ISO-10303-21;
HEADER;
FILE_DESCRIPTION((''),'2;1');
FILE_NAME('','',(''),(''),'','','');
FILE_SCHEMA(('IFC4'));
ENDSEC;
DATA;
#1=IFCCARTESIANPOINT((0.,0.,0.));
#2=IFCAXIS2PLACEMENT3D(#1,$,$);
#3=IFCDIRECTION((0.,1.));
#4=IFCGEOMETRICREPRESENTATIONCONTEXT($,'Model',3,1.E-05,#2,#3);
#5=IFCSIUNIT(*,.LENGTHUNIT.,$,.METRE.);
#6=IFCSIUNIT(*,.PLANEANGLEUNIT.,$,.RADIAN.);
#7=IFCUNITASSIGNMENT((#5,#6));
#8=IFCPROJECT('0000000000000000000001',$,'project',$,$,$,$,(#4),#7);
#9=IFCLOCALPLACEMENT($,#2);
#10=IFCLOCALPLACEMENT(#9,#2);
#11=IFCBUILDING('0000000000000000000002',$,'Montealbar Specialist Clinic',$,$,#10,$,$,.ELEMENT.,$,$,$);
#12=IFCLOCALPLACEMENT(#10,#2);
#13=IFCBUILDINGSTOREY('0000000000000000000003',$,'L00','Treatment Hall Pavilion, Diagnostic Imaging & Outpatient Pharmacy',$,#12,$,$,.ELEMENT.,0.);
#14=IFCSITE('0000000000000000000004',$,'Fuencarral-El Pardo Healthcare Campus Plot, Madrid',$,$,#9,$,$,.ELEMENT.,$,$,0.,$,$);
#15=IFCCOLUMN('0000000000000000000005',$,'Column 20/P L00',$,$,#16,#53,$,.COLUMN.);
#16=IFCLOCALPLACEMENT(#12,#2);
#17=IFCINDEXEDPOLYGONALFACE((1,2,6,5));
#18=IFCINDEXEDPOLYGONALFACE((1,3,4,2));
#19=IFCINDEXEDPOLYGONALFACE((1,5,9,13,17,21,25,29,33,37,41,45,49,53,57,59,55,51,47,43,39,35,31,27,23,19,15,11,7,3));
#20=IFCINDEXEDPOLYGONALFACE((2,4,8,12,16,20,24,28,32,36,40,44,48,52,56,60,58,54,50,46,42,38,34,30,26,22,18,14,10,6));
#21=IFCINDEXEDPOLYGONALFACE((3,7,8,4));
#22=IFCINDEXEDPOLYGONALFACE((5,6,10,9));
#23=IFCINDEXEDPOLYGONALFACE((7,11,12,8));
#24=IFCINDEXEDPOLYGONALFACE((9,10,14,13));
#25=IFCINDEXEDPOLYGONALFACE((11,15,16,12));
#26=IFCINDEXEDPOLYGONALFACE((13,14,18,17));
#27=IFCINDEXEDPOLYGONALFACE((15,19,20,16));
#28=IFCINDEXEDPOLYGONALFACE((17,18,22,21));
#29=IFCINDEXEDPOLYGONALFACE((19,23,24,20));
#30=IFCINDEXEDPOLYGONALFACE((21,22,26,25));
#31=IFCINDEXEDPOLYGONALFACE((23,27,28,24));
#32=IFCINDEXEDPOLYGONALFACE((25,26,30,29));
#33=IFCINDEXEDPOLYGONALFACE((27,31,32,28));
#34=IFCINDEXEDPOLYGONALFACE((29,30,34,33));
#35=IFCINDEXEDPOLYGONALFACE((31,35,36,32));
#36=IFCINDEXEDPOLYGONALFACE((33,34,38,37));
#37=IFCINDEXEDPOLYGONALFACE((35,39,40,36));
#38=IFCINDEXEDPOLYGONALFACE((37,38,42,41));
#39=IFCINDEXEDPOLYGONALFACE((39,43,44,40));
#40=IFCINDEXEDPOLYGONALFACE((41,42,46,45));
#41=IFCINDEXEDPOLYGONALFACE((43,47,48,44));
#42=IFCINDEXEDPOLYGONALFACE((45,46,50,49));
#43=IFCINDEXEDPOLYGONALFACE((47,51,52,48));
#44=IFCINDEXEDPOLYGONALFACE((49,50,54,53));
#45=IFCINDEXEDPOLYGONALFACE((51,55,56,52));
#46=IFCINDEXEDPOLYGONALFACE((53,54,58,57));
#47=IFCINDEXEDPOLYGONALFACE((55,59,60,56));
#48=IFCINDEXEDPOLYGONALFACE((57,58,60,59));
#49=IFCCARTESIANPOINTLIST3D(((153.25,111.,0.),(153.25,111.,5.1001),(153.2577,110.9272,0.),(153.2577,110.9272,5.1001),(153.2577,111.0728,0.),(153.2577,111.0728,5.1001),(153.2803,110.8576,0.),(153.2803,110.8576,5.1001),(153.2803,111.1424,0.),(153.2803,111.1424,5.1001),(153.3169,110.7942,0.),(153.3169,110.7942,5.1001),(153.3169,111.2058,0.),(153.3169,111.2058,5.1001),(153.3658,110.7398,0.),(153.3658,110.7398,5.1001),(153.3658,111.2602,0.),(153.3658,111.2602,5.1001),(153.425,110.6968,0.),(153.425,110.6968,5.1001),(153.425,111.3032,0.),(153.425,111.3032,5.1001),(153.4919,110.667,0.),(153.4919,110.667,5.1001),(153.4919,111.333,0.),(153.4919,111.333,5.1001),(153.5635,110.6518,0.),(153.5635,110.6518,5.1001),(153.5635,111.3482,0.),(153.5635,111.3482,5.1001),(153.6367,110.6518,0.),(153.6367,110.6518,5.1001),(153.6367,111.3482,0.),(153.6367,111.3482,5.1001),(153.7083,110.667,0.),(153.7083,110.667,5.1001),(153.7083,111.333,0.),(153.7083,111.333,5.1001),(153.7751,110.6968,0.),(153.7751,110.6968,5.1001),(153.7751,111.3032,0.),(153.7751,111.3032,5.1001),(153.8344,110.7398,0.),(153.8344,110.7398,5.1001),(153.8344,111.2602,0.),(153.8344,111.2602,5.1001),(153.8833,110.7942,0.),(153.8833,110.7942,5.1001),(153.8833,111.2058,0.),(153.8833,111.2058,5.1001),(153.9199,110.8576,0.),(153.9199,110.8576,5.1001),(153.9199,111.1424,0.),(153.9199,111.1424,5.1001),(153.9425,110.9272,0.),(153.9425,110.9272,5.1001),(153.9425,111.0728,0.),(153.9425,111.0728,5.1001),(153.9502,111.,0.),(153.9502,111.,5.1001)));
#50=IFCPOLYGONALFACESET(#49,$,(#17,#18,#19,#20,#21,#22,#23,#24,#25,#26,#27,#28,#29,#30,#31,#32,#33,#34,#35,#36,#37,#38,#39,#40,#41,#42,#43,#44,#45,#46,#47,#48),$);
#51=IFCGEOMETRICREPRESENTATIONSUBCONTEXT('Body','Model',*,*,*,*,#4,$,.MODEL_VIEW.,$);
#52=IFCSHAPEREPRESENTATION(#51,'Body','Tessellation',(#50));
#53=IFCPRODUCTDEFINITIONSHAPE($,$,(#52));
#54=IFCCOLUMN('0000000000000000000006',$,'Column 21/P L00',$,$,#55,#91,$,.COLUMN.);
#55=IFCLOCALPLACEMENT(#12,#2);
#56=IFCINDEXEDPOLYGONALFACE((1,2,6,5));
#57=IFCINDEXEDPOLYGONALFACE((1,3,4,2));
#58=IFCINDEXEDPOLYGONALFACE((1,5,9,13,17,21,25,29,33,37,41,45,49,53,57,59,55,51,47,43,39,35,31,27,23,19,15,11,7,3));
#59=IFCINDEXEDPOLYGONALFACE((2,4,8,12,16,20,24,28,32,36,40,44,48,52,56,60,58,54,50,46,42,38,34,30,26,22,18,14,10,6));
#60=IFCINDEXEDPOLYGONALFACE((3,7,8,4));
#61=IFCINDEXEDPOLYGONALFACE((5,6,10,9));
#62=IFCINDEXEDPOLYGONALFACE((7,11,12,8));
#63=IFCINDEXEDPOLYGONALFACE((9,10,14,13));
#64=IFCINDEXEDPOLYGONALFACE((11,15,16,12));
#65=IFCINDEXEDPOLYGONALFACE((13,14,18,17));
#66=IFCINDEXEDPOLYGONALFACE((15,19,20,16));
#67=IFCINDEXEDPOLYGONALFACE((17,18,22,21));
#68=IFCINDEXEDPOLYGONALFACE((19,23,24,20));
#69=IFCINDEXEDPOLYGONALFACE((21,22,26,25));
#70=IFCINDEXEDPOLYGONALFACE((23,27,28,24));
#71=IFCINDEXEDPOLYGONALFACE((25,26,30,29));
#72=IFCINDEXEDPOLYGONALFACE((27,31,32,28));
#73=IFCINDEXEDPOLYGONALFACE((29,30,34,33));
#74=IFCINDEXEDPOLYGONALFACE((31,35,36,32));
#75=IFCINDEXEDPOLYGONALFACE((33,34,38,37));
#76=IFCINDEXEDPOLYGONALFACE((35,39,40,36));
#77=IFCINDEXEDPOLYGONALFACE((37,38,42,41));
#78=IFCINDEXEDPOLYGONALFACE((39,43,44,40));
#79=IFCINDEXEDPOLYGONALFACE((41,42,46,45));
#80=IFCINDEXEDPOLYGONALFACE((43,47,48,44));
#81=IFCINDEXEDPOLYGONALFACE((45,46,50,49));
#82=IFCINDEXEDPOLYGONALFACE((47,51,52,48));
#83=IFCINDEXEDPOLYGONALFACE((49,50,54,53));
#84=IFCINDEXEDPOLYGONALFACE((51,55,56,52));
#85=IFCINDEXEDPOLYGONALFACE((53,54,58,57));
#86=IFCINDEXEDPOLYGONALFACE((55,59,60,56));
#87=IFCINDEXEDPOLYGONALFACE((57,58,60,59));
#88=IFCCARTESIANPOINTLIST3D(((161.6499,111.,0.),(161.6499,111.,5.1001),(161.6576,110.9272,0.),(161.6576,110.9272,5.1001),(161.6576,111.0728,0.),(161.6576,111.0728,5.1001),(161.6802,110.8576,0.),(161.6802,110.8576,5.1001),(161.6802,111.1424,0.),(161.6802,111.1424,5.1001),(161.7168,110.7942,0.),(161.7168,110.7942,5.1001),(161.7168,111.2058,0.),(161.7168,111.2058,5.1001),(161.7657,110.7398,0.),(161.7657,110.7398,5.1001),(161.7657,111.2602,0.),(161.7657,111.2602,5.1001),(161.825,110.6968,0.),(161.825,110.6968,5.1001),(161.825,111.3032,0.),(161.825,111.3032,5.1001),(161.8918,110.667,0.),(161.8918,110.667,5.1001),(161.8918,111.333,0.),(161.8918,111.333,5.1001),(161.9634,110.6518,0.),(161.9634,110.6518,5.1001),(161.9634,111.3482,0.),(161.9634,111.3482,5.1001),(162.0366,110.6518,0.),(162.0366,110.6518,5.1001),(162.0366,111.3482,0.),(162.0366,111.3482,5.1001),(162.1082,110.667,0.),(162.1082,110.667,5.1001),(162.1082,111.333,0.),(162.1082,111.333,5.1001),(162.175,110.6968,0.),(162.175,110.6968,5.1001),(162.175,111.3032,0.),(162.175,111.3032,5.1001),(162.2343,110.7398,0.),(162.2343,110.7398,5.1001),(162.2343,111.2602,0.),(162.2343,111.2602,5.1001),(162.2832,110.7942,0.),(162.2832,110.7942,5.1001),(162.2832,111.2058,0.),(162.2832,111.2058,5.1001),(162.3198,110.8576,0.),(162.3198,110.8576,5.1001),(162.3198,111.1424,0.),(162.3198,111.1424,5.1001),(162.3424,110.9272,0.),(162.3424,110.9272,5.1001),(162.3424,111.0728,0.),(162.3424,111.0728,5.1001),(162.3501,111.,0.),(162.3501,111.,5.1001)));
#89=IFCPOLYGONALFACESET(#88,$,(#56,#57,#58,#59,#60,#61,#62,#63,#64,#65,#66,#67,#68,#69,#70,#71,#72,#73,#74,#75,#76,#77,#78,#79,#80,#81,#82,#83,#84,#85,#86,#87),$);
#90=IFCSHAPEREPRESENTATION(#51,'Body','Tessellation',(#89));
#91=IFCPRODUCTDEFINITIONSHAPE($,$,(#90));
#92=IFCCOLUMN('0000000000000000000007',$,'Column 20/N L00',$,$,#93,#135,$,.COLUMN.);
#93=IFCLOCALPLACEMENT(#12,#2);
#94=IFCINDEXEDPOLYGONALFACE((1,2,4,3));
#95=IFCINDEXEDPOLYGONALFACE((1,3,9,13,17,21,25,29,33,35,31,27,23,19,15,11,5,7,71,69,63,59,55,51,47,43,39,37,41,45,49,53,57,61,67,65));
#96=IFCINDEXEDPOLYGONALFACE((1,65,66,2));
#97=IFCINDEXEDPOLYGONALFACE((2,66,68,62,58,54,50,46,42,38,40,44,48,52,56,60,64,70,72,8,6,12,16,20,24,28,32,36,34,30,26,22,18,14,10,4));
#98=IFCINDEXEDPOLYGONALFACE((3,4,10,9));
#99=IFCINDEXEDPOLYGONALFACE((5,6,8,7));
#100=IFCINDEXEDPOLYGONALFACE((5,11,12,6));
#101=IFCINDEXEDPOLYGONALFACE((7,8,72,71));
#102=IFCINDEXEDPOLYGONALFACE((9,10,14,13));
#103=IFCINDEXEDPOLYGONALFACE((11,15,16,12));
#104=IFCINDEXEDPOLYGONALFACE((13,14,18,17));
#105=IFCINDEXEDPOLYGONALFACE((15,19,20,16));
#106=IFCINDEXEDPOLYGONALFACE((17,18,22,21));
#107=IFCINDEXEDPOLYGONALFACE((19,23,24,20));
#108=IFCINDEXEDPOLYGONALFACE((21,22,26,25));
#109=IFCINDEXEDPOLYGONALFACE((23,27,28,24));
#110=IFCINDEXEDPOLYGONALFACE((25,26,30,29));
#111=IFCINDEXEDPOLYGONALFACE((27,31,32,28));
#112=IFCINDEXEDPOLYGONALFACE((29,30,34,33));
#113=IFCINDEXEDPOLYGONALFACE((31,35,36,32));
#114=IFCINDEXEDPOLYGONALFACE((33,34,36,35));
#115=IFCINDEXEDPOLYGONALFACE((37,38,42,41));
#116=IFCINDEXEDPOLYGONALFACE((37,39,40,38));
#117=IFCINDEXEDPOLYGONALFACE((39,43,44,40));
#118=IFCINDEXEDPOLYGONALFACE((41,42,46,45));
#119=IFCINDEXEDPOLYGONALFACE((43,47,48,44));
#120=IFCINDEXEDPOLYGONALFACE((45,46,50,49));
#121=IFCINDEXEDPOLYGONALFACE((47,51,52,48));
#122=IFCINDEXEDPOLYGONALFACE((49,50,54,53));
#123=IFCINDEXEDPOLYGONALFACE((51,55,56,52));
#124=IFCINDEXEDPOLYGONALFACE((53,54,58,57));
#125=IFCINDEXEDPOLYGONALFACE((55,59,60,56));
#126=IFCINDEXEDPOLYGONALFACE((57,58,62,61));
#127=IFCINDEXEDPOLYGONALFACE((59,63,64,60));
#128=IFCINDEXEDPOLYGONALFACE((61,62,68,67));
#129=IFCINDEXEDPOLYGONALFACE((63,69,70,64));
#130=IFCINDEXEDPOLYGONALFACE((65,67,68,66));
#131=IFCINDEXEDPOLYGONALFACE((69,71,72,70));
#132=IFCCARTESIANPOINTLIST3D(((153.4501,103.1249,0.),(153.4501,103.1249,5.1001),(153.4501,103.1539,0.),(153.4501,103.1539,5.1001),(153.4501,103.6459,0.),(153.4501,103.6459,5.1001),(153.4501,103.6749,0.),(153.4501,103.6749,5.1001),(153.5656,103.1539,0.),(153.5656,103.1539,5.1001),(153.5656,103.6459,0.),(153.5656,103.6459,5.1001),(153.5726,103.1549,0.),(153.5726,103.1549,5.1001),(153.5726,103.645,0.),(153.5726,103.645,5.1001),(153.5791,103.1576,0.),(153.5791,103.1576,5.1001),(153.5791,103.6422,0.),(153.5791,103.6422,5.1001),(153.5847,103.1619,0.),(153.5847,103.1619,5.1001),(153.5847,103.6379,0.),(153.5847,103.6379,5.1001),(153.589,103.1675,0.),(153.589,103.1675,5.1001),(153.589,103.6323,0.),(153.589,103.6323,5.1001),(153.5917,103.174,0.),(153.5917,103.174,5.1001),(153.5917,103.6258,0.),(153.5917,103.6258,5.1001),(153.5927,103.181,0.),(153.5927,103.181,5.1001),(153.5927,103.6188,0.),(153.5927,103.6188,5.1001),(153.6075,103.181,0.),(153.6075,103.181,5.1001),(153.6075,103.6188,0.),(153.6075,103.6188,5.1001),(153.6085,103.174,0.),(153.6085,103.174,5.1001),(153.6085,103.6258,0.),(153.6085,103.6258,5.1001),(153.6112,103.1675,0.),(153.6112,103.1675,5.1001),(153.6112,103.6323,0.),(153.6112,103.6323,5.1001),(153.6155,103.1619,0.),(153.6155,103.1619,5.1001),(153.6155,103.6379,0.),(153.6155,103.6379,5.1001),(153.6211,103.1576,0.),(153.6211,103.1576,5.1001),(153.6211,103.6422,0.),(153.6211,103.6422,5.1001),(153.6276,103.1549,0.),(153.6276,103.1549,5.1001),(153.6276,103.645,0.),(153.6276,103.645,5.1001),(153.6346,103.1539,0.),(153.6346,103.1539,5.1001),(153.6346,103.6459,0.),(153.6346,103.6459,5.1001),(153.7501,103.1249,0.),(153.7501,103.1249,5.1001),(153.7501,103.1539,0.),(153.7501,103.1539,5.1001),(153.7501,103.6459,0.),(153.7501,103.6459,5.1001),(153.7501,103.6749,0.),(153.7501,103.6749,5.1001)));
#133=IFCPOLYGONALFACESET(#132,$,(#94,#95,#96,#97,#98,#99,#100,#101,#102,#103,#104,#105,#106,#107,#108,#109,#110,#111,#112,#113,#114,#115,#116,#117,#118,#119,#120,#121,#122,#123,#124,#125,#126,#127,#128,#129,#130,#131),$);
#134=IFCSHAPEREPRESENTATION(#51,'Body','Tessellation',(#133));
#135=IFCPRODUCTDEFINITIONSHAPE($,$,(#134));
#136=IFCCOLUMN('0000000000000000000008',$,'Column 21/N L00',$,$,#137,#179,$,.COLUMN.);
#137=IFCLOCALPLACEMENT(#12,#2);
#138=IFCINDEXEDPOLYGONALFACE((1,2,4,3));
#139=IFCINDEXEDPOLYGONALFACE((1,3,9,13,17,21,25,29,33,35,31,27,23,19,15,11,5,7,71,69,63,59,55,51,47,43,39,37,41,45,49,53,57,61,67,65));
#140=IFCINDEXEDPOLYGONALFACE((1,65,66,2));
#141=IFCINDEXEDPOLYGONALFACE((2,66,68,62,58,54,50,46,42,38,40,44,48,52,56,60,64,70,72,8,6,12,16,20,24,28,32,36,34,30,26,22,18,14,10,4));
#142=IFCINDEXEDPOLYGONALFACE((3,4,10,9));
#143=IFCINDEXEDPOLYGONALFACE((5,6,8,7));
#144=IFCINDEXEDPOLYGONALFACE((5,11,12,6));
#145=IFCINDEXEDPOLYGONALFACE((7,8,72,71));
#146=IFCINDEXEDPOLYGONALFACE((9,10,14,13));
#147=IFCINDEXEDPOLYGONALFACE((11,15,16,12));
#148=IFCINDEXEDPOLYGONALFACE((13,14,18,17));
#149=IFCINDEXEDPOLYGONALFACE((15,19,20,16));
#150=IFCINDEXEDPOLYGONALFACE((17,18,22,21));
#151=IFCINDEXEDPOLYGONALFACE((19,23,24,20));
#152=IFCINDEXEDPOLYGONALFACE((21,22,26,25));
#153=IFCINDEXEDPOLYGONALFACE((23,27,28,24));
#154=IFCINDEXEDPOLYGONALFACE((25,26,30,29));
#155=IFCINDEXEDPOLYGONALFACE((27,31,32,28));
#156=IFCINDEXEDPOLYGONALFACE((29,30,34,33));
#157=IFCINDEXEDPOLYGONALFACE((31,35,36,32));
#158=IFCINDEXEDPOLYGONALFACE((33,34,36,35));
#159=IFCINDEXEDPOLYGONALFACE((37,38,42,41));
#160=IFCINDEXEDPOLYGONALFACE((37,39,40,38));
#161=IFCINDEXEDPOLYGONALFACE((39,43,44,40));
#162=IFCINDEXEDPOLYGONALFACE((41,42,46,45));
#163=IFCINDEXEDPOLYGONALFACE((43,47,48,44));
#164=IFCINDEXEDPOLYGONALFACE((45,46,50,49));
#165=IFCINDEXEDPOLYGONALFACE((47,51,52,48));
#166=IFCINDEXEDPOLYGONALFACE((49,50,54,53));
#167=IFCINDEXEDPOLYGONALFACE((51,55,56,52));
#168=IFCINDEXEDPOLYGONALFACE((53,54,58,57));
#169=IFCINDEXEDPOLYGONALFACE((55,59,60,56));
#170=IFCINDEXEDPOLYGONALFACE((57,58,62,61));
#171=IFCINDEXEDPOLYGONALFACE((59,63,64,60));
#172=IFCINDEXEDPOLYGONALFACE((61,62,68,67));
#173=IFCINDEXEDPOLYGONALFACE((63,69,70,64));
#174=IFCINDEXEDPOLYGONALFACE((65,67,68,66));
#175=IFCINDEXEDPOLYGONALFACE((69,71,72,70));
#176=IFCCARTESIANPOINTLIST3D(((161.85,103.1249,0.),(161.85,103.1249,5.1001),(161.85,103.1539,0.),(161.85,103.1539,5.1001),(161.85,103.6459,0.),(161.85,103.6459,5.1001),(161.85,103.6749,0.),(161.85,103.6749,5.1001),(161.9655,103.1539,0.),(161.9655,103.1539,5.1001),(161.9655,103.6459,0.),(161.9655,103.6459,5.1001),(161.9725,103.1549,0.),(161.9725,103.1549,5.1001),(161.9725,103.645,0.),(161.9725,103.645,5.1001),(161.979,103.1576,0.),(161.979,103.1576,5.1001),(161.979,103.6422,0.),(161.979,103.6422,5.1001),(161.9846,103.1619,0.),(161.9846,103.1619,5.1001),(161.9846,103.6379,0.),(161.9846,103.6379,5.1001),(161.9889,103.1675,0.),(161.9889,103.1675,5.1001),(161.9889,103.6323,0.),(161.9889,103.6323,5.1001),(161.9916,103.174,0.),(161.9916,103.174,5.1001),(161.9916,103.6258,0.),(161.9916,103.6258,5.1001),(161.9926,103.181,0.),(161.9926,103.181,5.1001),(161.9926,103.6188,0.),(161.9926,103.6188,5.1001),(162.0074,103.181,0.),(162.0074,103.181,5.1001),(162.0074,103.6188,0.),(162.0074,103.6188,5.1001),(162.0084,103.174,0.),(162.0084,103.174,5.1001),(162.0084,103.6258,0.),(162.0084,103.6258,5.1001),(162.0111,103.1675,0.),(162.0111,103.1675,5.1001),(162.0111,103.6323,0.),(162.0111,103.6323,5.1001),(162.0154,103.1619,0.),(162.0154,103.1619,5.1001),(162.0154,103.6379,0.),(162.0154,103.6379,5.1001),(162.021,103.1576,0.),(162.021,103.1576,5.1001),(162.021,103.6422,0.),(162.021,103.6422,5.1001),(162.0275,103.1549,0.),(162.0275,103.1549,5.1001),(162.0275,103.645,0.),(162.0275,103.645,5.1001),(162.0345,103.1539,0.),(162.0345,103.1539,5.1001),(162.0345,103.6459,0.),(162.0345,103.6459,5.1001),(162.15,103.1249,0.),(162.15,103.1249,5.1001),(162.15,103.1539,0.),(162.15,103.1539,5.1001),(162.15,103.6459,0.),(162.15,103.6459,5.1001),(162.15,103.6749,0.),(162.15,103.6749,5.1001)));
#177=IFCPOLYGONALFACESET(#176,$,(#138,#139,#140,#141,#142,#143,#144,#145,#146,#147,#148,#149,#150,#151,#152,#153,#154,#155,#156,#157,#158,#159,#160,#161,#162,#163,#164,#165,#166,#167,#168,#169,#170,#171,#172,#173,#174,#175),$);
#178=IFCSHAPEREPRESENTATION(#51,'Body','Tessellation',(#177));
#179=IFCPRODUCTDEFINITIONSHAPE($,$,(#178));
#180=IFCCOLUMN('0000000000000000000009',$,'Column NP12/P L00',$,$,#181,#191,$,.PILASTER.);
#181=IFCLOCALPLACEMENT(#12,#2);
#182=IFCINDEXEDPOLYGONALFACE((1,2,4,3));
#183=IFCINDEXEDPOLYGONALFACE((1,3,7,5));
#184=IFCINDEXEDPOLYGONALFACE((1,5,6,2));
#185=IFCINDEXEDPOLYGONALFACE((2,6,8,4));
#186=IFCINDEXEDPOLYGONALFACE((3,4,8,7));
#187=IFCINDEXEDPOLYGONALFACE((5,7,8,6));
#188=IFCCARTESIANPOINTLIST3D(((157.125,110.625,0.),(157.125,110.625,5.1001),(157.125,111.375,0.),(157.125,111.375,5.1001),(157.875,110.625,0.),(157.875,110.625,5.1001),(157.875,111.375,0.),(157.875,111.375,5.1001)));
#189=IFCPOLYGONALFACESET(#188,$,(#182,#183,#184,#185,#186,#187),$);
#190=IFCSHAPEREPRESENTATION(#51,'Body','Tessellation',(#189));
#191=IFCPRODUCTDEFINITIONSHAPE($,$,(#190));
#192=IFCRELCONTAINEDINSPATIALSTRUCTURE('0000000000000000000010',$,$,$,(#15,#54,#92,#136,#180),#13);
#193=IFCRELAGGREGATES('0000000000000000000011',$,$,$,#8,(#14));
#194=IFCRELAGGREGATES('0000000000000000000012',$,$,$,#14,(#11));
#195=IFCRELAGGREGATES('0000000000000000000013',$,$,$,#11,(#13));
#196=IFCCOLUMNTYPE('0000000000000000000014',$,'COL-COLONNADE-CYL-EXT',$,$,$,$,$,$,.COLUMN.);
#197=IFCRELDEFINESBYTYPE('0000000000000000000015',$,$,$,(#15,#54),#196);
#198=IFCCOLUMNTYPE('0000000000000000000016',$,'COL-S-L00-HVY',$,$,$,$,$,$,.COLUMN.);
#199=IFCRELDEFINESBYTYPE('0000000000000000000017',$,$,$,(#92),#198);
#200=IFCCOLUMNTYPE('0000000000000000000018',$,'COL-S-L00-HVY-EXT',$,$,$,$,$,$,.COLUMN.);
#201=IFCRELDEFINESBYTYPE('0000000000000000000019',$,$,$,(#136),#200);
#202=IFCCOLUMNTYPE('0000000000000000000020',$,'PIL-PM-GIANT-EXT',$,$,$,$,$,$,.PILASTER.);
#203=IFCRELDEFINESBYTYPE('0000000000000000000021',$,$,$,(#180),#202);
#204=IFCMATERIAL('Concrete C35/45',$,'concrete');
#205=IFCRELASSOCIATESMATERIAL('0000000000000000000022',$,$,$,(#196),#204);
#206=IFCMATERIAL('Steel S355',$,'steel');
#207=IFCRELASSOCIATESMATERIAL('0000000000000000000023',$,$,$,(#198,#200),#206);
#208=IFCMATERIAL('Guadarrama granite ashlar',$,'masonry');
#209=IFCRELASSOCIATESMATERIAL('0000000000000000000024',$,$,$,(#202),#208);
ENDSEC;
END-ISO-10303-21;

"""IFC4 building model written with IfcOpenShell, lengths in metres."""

from ifc_helpers import new_model, si_unit, direction, frame, origin, origin_2d, place, context, subcontext, project, spatial, rectangle, circle, i_section, extrude, material, material_profile, profile_set, type_object, element, save


model = new_model("IFC4")

# Units and contexts
model_context = context("Model", 3, precision=1e-05, world=origin(), true_north=direction((0.0, 1.0)))
body_context = subcontext(model_context, "Body", "Model", "MODEL_VIEW")
ifc_project = project(units=[si_unit("LENGTHUNIT", "METRE"), si_unit("PLANEANGLEUNIT", "RADIAN")], contexts=[model_context])

# Site, building, storey
site_placement = place(None, origin())
site = spatial("IfcSite", under=ifc_project, at=site_placement, Name="Fuencarral-El Pardo Healthcare Campus Plot, Madrid", CompositionType="ELEMENT", RefElevation=0.0)
building_placement = place(site_placement, origin())
building = spatial("IfcBuilding", under=site, at=building_placement, Name="Montealbar Specialist Clinic", CompositionType="ELEMENT")
storey_placement = place(building_placement, origin())
storey = spatial("IfcBuildingStorey", under=building, at=storey_placement, Name="L00", Description="Treatment Hall Pavilion, Diagnostic Imaging & Outpatient Pharmacy", CompositionType="ELEMENT", Elevation=0.0)

# Columns
ifc_material_1 = material(Name="Concrete C35/45", Category="concrete")
ifc_material_profile_1 = material_profile(ifc_material_1, circle(Radius=0.3501, at=origin_2d()), Name="RC D700", Category="concrete")
ifc_profile_set_1 = profile_set([ifc_material_profile_1], Name="Concrete C35/45")
column_type_1 = type_object("IfcColumnType", Name="COL-COLONNADE-CYL-EXT", PredefinedType="COLUMN", material=ifc_profile_set_1)
for number, where, z_axis, x_axis, name in (
    (1, (153.6001, 111.0, 0.0), (0.0, 0.0, 1.0), (1.0, 0.0, 0.0), "Column 20/P L00"),
    (2, (162.0, 111.0, 0.0), (0.0, 0.0, 1.0), (1.0, 0.0, 0.0), "Column 21/P L00"),
):
    element("IfcColumn", number, at=place(storey_placement, frame(where, z_axis=z_axis, x_axis=x_axis)), inside=storey, type_object=column_type_1, Name=name, PredefinedType="COLUMN", context=body_context, shape_type="SweptSolid", body=[
        extrude(circle(Radius=0.3501, at=origin_2d()), origin(), (0.0, 0.0, 1.0), 5.1001),
    ])
ifc_material_2 = material(Name="Steel S355", Category="steel")
ifc_material_profile_2 = material_profile(ifc_material_2, i_section(OverallWidth=0.3, OverallDepth=0.55, WebThickness=0.0149, FlangeThickness=0.0291, FilletRadius=0.0271, at=origin_2d()), Name="HEB 550", Category="steel")
ifc_profile_set_2 = profile_set([ifc_material_profile_2], Name="Steel S355")
column_type_2 = type_object("IfcColumnType", Name="COL-S-L00-HVY", PredefinedType="COLUMN", material=ifc_profile_set_2)
column_1_placement = place(storey_placement, frame((153.6001, 103.3999, 0.0), z_axis=(0.0, 0.0, 1.0), x_axis=(1.0, 0.0, 0.0)))
element("IfcColumn", 3, at=column_1_placement, inside=storey, type_object=column_type_2, Name="Column 20/N L00", PredefinedType="COLUMN", context=body_context, shape_type="SweptSolid", body=[
    extrude(i_section(OverallWidth=0.3, OverallDepth=0.55, WebThickness=0.0149, FlangeThickness=0.0291, FilletRadius=0.0271, at=origin_2d()), origin(), (0.0, 0.0, 1.0), 5.1001),
])
ifc_material_profile_3 = material_profile(ifc_material_2, i_section(OverallWidth=0.3, OverallDepth=0.55, WebThickness=0.0149, FlangeThickness=0.0291, FilletRadius=0.0271, at=origin_2d()), Name="HEB 550", Category="steel")
ifc_profile_set_3 = profile_set([ifc_material_profile_3], Name="Steel S355")
column_type_3 = type_object("IfcColumnType", Name="COL-S-L00-HVY-EXT", PredefinedType="COLUMN", material=ifc_profile_set_3)
column_2_placement = place(storey_placement, frame((162.0, 103.3999, 0.0), z_axis=(0.0, 0.0, 1.0), x_axis=(1.0, 0.0, 0.0)))
element("IfcColumn", 4, at=column_2_placement, inside=storey, type_object=column_type_3, Name="Column 21/N L00", PredefinedType="COLUMN", context=body_context, shape_type="SweptSolid", body=[
    extrude(i_section(OverallWidth=0.3, OverallDepth=0.55, WebThickness=0.0149, FlangeThickness=0.0291, FilletRadius=0.0271, at=origin_2d()), origin(), (0.0, 0.0, 1.0), 5.1001),
])
ifc_material_3 = material(Name="Guadarrama granite ashlar", Category="masonry")
ifc_material_profile_4 = material_profile(ifc_material_3, rectangle(XDim=0.75, YDim=0.75, at=origin_2d()), Name="GRANITE PILASTER 750x750", Category="masonry")
ifc_profile_set_4 = profile_set([ifc_material_profile_4], Name="Guadarrama granite ashlar")
column_type_4 = type_object("IfcColumnType", Name="PIL-PM-GIANT-EXT", PredefinedType="PILASTER", material=ifc_profile_set_4)
column_3_placement = place(storey_placement, frame((157.5, 111.0, 0.0), z_axis=(0.0, 0.0, 1.0), x_axis=(1.0, 0.0, 0.0)))
element("IfcColumn", 5, at=column_3_placement, inside=storey, type_object=column_type_4, Name="Column NP12/P L00", PredefinedType="PILASTER", context=body_context, shape_type="SweptSolid", body=[
    extrude(rectangle(XDim=0.75, YDim=0.75, at=origin_2d()), origin(), (0.0, 0.0, 1.0), 5.1001),
])

save(model, "model.ifc")
